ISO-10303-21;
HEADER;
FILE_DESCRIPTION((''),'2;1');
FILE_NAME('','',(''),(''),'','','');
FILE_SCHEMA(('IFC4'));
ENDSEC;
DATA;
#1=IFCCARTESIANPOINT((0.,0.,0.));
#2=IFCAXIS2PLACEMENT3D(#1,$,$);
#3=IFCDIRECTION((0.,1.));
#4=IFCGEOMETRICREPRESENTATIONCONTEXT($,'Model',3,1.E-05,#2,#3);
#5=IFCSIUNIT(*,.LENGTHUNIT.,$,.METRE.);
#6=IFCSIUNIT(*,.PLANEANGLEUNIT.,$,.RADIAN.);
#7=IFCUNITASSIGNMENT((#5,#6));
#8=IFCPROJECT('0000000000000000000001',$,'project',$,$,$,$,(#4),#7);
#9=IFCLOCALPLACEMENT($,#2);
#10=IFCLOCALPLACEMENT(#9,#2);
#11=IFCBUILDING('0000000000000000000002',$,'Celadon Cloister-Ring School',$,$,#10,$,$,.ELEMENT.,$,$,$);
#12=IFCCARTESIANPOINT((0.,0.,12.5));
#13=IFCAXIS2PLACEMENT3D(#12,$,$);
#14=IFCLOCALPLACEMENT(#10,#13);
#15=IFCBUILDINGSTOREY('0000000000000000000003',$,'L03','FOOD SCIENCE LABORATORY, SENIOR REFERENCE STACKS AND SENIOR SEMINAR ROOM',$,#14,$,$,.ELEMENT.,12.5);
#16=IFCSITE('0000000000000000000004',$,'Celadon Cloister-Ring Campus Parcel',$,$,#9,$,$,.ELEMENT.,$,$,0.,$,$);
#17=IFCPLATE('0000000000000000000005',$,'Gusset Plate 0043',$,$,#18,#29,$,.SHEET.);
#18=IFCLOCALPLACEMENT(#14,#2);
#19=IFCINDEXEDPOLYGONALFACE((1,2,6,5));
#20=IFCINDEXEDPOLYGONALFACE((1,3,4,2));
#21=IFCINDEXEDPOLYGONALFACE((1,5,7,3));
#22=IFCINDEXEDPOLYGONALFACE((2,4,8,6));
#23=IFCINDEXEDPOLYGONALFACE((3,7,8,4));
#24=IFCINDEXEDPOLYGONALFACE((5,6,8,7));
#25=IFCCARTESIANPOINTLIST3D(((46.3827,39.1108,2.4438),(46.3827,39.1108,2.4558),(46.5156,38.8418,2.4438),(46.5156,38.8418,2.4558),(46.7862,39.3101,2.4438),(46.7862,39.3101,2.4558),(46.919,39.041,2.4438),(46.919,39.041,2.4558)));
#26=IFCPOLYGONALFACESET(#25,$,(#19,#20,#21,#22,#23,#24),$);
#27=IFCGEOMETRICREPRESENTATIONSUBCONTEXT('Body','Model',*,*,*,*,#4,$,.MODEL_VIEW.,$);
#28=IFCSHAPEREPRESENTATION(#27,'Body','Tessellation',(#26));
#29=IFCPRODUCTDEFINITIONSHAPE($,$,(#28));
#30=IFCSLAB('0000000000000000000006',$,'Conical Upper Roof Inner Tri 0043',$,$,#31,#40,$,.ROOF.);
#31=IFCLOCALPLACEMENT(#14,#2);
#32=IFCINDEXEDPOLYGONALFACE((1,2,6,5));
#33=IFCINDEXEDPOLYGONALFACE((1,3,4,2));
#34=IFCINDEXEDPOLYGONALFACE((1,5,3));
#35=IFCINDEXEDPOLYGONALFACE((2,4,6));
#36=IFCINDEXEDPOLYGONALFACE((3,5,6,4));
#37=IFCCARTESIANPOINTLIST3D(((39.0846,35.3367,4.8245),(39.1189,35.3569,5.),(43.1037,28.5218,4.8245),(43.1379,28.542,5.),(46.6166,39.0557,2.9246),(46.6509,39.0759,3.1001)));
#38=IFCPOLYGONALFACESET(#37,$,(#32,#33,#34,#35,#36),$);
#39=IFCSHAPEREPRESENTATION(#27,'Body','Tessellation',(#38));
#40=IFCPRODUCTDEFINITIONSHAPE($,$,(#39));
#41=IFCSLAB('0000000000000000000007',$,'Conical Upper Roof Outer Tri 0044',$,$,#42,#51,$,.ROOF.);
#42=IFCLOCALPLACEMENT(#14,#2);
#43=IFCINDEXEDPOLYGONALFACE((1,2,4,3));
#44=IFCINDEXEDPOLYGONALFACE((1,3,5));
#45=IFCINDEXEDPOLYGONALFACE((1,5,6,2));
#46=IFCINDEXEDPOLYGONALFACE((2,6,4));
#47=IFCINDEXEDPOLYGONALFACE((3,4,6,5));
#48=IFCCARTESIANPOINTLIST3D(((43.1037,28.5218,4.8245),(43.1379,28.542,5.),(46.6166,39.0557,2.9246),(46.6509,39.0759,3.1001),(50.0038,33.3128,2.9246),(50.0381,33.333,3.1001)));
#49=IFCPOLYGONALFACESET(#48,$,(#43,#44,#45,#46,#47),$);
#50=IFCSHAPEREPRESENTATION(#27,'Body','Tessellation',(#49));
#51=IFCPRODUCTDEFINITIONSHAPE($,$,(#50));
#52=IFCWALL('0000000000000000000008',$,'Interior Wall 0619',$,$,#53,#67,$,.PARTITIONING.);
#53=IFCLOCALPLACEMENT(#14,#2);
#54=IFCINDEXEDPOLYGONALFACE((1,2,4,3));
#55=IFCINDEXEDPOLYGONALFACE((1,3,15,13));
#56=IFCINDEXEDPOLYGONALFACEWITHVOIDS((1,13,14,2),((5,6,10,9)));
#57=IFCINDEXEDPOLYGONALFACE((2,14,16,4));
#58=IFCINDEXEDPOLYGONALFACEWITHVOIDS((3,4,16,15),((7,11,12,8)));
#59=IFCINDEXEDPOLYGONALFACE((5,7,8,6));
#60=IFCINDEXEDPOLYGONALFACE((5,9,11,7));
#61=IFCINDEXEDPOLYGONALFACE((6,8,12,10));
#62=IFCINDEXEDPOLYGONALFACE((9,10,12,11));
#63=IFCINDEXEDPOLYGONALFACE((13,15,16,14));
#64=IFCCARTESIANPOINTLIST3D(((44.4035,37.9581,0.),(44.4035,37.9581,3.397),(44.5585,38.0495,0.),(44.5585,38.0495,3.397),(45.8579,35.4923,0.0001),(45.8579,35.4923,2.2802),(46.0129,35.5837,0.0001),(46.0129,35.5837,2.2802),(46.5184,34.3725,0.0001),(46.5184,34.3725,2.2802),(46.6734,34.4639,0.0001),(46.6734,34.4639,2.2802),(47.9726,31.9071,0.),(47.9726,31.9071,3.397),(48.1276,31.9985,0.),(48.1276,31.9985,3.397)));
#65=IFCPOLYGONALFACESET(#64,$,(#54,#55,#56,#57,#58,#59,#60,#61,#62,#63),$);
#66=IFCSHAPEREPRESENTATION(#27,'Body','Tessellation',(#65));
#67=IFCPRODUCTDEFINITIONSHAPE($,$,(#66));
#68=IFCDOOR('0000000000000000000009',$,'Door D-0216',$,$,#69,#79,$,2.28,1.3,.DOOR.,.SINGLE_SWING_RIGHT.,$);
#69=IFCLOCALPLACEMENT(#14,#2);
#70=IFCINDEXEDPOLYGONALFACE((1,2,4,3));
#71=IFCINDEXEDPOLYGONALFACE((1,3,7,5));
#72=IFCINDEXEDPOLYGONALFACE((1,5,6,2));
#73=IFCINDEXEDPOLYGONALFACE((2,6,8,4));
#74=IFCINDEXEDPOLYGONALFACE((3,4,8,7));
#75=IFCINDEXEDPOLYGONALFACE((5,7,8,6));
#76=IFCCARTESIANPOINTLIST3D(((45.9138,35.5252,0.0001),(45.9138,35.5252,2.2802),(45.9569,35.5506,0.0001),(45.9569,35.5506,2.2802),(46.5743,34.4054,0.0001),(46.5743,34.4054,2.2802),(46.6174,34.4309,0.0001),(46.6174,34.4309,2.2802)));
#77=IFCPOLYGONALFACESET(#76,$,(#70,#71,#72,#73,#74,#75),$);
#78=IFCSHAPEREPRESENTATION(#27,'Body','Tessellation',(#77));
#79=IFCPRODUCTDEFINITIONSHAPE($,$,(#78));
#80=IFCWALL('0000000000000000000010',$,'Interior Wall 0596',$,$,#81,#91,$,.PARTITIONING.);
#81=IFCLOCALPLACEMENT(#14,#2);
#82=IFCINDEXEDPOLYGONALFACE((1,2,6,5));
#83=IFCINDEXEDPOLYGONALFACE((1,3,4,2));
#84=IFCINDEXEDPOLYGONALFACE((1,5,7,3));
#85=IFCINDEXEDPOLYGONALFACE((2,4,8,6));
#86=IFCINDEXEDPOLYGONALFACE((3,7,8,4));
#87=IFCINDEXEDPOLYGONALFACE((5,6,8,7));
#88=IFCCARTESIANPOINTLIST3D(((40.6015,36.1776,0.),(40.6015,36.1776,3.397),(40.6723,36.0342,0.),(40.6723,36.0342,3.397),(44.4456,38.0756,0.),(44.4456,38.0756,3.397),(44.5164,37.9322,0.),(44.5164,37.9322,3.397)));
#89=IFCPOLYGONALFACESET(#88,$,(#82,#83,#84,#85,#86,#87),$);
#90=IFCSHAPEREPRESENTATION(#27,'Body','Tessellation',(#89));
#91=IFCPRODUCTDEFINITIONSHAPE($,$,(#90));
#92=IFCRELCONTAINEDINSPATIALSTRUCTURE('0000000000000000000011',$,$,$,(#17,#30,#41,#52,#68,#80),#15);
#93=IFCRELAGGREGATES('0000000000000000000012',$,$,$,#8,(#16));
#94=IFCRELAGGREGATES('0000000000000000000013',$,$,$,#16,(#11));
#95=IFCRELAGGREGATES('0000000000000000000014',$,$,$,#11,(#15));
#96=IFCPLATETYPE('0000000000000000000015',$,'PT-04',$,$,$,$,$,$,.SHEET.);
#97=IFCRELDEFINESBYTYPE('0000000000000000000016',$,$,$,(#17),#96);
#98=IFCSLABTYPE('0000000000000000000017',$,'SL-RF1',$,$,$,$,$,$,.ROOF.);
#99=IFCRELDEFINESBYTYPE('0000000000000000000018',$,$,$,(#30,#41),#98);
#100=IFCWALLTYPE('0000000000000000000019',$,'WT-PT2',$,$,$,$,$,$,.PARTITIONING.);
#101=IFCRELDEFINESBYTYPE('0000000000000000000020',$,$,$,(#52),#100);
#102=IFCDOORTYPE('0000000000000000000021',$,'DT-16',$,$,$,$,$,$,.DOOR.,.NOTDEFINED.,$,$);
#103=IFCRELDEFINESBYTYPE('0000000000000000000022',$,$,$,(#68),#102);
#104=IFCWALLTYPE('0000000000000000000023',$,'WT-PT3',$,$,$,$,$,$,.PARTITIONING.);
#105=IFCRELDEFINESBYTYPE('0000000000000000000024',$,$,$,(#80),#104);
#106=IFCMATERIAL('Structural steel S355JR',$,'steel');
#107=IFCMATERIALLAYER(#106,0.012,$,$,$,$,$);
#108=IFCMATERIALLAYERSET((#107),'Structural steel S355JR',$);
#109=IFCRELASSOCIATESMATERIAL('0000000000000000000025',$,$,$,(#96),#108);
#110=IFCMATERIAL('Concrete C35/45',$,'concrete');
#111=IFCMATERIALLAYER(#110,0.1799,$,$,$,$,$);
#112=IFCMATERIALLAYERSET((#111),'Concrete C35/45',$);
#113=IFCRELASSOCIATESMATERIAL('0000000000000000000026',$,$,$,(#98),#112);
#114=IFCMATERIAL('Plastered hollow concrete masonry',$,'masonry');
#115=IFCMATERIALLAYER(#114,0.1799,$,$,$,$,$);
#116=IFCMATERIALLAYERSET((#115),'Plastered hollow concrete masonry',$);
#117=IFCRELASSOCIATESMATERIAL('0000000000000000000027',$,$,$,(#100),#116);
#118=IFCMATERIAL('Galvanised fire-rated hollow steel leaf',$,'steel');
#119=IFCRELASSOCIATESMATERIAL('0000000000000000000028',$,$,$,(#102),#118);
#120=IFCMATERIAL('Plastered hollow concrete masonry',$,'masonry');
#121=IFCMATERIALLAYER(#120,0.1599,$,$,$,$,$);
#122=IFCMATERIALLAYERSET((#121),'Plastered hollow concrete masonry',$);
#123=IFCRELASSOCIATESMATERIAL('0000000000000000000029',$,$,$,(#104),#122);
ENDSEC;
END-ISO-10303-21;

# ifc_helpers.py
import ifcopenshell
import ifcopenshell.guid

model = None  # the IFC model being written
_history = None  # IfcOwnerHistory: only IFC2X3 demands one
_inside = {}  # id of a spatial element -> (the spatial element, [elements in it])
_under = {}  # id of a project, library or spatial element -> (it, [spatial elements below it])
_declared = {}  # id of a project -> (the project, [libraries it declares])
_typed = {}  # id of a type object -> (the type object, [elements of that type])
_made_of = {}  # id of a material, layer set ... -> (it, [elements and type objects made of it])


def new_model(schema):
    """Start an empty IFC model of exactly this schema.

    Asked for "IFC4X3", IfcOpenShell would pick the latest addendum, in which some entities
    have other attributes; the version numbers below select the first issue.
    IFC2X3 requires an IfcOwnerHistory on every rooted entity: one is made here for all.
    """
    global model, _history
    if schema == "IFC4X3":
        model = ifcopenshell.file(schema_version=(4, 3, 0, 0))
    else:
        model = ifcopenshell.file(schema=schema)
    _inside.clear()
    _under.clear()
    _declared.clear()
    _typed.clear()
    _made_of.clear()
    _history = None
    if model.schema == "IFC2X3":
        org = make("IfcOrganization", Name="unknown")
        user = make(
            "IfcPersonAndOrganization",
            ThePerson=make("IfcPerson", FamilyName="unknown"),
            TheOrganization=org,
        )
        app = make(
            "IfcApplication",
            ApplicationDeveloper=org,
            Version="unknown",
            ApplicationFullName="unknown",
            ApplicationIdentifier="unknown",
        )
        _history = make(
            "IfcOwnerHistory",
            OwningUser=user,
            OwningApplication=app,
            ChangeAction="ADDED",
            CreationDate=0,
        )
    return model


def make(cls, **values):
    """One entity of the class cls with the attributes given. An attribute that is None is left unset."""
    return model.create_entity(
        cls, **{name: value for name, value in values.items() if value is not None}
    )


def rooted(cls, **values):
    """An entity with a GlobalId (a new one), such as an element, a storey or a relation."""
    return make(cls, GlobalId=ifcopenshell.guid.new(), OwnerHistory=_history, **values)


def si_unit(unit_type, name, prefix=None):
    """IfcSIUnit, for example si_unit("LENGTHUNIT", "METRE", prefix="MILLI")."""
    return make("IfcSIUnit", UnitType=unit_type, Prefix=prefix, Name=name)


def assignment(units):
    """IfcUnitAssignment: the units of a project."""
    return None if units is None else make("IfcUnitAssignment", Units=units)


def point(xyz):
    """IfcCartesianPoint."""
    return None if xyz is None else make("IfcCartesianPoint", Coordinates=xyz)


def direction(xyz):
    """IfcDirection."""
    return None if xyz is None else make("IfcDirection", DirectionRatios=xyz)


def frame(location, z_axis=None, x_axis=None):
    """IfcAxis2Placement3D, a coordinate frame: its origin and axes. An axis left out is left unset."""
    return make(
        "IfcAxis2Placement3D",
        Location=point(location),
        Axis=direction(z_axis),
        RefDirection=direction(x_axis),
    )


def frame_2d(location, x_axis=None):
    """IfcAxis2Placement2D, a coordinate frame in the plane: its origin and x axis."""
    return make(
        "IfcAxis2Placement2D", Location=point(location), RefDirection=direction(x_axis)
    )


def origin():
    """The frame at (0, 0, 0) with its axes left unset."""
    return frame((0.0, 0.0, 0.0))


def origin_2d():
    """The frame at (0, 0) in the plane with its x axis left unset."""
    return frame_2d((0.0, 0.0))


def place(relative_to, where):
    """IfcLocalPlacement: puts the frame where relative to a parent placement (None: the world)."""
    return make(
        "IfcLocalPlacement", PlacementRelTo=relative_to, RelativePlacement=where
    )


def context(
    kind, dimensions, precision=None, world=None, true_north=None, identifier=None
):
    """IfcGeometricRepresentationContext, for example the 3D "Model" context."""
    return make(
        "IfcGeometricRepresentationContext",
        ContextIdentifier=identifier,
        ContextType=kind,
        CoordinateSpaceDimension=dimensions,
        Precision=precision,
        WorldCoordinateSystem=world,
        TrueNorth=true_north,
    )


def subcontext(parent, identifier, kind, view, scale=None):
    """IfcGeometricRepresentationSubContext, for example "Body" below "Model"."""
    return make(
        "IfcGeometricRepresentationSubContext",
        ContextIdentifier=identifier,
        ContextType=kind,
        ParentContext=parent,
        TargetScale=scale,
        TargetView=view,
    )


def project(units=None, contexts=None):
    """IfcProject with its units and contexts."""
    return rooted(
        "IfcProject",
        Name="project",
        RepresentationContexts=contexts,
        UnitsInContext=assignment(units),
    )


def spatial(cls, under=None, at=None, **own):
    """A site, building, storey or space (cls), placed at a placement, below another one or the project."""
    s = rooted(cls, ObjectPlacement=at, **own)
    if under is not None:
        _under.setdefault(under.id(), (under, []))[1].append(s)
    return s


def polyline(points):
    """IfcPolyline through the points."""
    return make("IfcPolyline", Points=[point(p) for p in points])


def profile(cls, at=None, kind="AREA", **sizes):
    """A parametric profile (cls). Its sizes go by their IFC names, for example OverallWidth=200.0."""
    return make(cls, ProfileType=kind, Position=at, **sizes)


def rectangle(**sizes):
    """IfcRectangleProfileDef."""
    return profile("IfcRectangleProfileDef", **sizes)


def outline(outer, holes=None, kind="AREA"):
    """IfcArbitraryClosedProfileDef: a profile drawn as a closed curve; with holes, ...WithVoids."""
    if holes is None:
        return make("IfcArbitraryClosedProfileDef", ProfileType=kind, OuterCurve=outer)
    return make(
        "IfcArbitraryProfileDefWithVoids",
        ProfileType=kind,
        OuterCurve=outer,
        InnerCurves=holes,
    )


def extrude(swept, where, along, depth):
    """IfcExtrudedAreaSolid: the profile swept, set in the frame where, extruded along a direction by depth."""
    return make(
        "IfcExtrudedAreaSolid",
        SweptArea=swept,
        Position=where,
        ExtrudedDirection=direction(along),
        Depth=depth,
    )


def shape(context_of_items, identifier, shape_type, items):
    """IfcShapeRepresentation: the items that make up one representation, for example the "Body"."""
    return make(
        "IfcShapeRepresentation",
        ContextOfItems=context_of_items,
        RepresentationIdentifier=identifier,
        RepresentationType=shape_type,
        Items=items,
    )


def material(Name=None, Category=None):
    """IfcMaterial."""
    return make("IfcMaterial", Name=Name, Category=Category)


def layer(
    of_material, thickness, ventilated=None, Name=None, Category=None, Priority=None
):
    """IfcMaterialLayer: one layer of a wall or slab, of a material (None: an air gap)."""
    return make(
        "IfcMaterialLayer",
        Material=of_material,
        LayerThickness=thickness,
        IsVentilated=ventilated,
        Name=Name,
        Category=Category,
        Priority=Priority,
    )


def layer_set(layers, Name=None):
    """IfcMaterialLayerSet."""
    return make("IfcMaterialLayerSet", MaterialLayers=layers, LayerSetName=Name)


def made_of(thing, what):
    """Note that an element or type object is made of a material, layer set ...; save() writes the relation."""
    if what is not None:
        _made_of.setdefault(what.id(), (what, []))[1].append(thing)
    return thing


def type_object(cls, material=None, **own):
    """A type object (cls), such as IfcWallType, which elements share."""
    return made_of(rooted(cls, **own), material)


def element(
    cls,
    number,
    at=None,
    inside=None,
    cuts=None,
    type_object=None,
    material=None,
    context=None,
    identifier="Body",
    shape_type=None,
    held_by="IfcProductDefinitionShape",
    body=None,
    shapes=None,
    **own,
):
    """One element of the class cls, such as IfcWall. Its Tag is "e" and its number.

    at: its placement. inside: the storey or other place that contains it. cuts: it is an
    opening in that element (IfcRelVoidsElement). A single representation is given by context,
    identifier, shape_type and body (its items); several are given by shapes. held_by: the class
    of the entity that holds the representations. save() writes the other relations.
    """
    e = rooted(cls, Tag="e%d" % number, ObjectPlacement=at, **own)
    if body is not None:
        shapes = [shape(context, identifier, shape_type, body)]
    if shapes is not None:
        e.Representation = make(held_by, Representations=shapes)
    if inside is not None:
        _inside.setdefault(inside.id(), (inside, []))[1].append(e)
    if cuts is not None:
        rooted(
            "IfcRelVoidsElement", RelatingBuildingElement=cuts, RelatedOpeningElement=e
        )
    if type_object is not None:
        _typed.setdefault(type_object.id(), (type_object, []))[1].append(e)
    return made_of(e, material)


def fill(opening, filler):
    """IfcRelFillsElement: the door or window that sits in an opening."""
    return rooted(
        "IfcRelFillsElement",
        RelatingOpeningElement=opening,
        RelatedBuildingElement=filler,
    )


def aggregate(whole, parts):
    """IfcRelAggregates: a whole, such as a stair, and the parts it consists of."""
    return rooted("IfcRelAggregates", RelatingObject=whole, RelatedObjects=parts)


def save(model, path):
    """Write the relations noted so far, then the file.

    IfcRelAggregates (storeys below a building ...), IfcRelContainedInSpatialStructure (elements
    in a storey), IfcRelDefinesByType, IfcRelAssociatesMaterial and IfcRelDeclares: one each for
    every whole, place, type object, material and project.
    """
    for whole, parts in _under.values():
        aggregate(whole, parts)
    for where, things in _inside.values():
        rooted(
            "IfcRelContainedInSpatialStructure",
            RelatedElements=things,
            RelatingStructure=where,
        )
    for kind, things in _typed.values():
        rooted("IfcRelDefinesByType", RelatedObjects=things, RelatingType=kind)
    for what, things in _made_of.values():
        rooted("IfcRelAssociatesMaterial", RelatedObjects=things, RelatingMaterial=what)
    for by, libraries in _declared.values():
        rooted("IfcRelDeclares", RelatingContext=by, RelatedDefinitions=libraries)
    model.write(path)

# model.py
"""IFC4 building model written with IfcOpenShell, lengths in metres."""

from ifc_helpers import new_model, si_unit, direction, frame, frame_2d, origin, origin_2d, place, context, subcontext, project, spatial, polyline, rectangle, outline, extrude, material, layer, layer_set, type_object, element, fill, save


model = new_model("IFC4")

# Units and contexts
model_context = context("Model", 3, precision=1e-05, world=origin(), true_north=direction((0.0, 1.0)))
body_context = subcontext(model_context, "Body", "Model", "MODEL_VIEW")
ifc_project = project(units=[si_unit("LENGTHUNIT", "METRE"), si_unit("PLANEANGLEUNIT", "RADIAN")], contexts=[model_context])

# Site, building, storey
site_placement = place(None, origin())
site = spatial("IfcSite", under=ifc_project, at=site_placement, Name="Celadon Cloister-Ring Campus Parcel", CompositionType="ELEMENT", RefElevation=0.0)
building_placement = place(site_placement, origin())
building = spatial("IfcBuilding", under=site, at=building_placement, Name="Celadon Cloister-Ring School", CompositionType="ELEMENT")
storey_placement = place(building_placement, frame((0.0, 0.0, 12.5)))
storey = spatial("IfcBuildingStorey", under=building, at=storey_placement, Name="L03", Description="FOOD SCIENCE LABORATORY, SENIOR REFERENCE STACKS AND SENIOR SEMINAR ROOM", CompositionType="ELEMENT", Elevation=12.5)

# Plate
ifc_material_1 = material(Name="Structural steel S355JR", Category="steel")
ifc_layer_1 = layer(ifc_material_1, 0.012)
ifc_layer_set_1 = layer_set([ifc_layer_1], Name="Structural steel S355JR")
plate_type_1 = type_object("IfcPlateType", Name="PT-04", PredefinedType="SHEET", material=ifc_layer_set_1)
plate_1_placement = place(storey_placement, frame((46.6509, 39.0759, 2.4438), z_axis=(0.0, 0.0, 1.0), x_axis=(-0.896641, -0.442758, 0.0)))
element("IfcPlate", 1, at=plate_1_placement, inside=storey, type_object=plate_type_1, Name="Gusset Plate 0043", PredefinedType="SHEET", context=body_context, shape_type="SweptSolid", body=[
    extrude(rectangle(XDim=0.45, YDim=0.3, at=origin_2d()), origin(), (0.0, 0.0, 1.0), 0.012),
])

# Slabs
ifc_material_2 = material(Name="Concrete C35/45", Category="concrete")
ifc_layer_2 = layer(ifc_material_2, 0.1799)
ifc_layer_set_2 = layer_set([ifc_layer_2], Name="Concrete C35/45")
slab_type = type_object("IfcSlabType", Name="SL-RF1", PredefinedType="ROOF", material=ifc_layer_set_2)
slab_1_placement = place(storey_placement, frame((46.6509, 39.0759, 3.1001), z_axis=(0.19052, 0.112357, 0.975232), x_axis=(-0.874563, -0.431825, 0.220604)))
element("IfcSlab", 2, at=slab_1_placement, inside=storey, type_object=slab_type, Name="Conical Upper Roof Inner Tri 0043", PredefinedType="ROOF", context=body_context, shape_type="SweptSolid", body=[
    extrude(outline(polyline([(0.0, 0.0), (8.6123, 0.0), (8.0402, 7.8911), (0.0, 0.0)])), origin(), (0.0, 0.0, -1.0), 0.1799),
])
slab_2_placement = place(storey_placement, frame((46.6509, 39.0759, 3.1001), z_axis=(0.190507, 0.112362, 0.975234), x_axis=(-0.311828, -0.935052, 0.168646)))
element("IfcSlab", 3, at=slab_2_placement, inside=storey, type_object=slab_type, Name="Conical Upper Roof Outer Tri 0044", PredefinedType="ROOF", context=body_context, shape_type="SweptSolid", body=[
    extrude(outline(polyline([(0.0, 0.0), (11.2656, 0.0), (4.3137, 5.0839), (0.0, 0.0)])), origin(), (0.0, 0.0, -1.0), 0.1799),
])

# Wall, opening, door
ifc_material_3 = material(Name="Plastered hollow concrete masonry", Category="masonry")
ifc_layer_3 = layer(ifc_material_3, 0.1799)
ifc_layer_set_3 = layer_set([ifc_layer_3], Name="Plastered hollow concrete masonry")
wall_type_1 = type_object("IfcWallType", Name="WT-PT2", PredefinedType="PARTITIONING", material=ifc_layer_set_3)
wall_1_placement = place(storey_placement, frame((44.481, 38.0039, 0.0), z_axis=(0.0, 0.0, 1.0), x_axis=(0.508042, -0.861332, 0.0)))
wall_1 = element("IfcWall", 4, at=wall_1_placement, inside=storey, type_object=wall_type_1, Name="Interior Wall 0619", PredefinedType="PARTITIONING", context=body_context, shape_type="SweptSolid", body=[
    extrude(rectangle(XDim=7.0251, YDim=0.1799, at=frame_2d((3.5127, 0.0))), origin(), (0.0, 0.0, 1.0), 3.397),
])
opening_placement = place(wall_1_placement, frame((2.863, 0.0, 0.0)))
opening = element("IfcOpeningElement", 5, at=opening_placement, cuts=wall_1, PredefinedType="OPENING", context=body_context, shape_type="SweptSolid", body=[
    extrude(rectangle(XDim=1.3, YDim=2.28, at=frame_2d((0.6499, 1.1401))), frame((0.0, 0.1001, 0.0), z_axis=(0.0, -1.0, 0.0), x_axis=(1.0, 0.0, 0.0)), (0.0, 0.0, 1.0), 0.2),
])
ifc_material_4 = material(Name="Galvanised fire-rated hollow steel leaf", Category="steel")
door_type = type_object("IfcDoorType", Name="DT-16", OperationType="NOTDEFINED", PredefinedType="DOOR", material=ifc_material_4)
door_placement = place(opening_placement, origin())
door = element("IfcDoor", 6, at=door_placement, inside=storey, type_object=door_type, Name="Door D-0216", OperationType="SINGLE_SWING_RIGHT", OverallHeight=2.28, OverallWidth=1.3, PredefinedType="DOOR", context=body_context, shape_type="SweptSolid", body=[
    extrude(rectangle(XDim=1.3, YDim=2.28, at=frame_2d((0.6499, 1.1401))), frame((0.0, 0.0249, 0.0), z_axis=(0.0, -1.0, 0.0), x_axis=(1.0, 0.0, 0.0)), (0.0, 0.0, 1.0), 0.05),
])
fill(opening, door)

# Wall
ifc_material_5 = material(Name="Plastered hollow concrete masonry", Category="masonry")
ifc_layer_4 = layer(ifc_material_5, 0.1599)
ifc_layer_set_4 = layer_set([ifc_layer_4], Name="Plastered hollow concrete masonry")
wall_type_2 = type_object("IfcWallType", Name="WT-PT3", PredefinedType="PARTITIONING", material=ifc_layer_set_4)
wall_2_placement = place(storey_placement, frame((44.481, 38.0039, 0.0), z_axis=(0.0, 0.0, 1.0), x_axis=(-0.89666, -0.44272, 0.0)))
element("IfcWall", 7, at=wall_2_placement, inside=storey, type_object=wall_type_2, Name="Interior Wall 0596", PredefinedType="PARTITIONING", context=body_context, shape_type="SweptSolid", body=[
    extrude(rectangle(XDim=4.2871, YDim=0.1599, at=frame_2d((2.1436, 0.0))), origin(), (0.0, 0.0, 1.0), 3.397),
])

save(model, "model.ifc")
